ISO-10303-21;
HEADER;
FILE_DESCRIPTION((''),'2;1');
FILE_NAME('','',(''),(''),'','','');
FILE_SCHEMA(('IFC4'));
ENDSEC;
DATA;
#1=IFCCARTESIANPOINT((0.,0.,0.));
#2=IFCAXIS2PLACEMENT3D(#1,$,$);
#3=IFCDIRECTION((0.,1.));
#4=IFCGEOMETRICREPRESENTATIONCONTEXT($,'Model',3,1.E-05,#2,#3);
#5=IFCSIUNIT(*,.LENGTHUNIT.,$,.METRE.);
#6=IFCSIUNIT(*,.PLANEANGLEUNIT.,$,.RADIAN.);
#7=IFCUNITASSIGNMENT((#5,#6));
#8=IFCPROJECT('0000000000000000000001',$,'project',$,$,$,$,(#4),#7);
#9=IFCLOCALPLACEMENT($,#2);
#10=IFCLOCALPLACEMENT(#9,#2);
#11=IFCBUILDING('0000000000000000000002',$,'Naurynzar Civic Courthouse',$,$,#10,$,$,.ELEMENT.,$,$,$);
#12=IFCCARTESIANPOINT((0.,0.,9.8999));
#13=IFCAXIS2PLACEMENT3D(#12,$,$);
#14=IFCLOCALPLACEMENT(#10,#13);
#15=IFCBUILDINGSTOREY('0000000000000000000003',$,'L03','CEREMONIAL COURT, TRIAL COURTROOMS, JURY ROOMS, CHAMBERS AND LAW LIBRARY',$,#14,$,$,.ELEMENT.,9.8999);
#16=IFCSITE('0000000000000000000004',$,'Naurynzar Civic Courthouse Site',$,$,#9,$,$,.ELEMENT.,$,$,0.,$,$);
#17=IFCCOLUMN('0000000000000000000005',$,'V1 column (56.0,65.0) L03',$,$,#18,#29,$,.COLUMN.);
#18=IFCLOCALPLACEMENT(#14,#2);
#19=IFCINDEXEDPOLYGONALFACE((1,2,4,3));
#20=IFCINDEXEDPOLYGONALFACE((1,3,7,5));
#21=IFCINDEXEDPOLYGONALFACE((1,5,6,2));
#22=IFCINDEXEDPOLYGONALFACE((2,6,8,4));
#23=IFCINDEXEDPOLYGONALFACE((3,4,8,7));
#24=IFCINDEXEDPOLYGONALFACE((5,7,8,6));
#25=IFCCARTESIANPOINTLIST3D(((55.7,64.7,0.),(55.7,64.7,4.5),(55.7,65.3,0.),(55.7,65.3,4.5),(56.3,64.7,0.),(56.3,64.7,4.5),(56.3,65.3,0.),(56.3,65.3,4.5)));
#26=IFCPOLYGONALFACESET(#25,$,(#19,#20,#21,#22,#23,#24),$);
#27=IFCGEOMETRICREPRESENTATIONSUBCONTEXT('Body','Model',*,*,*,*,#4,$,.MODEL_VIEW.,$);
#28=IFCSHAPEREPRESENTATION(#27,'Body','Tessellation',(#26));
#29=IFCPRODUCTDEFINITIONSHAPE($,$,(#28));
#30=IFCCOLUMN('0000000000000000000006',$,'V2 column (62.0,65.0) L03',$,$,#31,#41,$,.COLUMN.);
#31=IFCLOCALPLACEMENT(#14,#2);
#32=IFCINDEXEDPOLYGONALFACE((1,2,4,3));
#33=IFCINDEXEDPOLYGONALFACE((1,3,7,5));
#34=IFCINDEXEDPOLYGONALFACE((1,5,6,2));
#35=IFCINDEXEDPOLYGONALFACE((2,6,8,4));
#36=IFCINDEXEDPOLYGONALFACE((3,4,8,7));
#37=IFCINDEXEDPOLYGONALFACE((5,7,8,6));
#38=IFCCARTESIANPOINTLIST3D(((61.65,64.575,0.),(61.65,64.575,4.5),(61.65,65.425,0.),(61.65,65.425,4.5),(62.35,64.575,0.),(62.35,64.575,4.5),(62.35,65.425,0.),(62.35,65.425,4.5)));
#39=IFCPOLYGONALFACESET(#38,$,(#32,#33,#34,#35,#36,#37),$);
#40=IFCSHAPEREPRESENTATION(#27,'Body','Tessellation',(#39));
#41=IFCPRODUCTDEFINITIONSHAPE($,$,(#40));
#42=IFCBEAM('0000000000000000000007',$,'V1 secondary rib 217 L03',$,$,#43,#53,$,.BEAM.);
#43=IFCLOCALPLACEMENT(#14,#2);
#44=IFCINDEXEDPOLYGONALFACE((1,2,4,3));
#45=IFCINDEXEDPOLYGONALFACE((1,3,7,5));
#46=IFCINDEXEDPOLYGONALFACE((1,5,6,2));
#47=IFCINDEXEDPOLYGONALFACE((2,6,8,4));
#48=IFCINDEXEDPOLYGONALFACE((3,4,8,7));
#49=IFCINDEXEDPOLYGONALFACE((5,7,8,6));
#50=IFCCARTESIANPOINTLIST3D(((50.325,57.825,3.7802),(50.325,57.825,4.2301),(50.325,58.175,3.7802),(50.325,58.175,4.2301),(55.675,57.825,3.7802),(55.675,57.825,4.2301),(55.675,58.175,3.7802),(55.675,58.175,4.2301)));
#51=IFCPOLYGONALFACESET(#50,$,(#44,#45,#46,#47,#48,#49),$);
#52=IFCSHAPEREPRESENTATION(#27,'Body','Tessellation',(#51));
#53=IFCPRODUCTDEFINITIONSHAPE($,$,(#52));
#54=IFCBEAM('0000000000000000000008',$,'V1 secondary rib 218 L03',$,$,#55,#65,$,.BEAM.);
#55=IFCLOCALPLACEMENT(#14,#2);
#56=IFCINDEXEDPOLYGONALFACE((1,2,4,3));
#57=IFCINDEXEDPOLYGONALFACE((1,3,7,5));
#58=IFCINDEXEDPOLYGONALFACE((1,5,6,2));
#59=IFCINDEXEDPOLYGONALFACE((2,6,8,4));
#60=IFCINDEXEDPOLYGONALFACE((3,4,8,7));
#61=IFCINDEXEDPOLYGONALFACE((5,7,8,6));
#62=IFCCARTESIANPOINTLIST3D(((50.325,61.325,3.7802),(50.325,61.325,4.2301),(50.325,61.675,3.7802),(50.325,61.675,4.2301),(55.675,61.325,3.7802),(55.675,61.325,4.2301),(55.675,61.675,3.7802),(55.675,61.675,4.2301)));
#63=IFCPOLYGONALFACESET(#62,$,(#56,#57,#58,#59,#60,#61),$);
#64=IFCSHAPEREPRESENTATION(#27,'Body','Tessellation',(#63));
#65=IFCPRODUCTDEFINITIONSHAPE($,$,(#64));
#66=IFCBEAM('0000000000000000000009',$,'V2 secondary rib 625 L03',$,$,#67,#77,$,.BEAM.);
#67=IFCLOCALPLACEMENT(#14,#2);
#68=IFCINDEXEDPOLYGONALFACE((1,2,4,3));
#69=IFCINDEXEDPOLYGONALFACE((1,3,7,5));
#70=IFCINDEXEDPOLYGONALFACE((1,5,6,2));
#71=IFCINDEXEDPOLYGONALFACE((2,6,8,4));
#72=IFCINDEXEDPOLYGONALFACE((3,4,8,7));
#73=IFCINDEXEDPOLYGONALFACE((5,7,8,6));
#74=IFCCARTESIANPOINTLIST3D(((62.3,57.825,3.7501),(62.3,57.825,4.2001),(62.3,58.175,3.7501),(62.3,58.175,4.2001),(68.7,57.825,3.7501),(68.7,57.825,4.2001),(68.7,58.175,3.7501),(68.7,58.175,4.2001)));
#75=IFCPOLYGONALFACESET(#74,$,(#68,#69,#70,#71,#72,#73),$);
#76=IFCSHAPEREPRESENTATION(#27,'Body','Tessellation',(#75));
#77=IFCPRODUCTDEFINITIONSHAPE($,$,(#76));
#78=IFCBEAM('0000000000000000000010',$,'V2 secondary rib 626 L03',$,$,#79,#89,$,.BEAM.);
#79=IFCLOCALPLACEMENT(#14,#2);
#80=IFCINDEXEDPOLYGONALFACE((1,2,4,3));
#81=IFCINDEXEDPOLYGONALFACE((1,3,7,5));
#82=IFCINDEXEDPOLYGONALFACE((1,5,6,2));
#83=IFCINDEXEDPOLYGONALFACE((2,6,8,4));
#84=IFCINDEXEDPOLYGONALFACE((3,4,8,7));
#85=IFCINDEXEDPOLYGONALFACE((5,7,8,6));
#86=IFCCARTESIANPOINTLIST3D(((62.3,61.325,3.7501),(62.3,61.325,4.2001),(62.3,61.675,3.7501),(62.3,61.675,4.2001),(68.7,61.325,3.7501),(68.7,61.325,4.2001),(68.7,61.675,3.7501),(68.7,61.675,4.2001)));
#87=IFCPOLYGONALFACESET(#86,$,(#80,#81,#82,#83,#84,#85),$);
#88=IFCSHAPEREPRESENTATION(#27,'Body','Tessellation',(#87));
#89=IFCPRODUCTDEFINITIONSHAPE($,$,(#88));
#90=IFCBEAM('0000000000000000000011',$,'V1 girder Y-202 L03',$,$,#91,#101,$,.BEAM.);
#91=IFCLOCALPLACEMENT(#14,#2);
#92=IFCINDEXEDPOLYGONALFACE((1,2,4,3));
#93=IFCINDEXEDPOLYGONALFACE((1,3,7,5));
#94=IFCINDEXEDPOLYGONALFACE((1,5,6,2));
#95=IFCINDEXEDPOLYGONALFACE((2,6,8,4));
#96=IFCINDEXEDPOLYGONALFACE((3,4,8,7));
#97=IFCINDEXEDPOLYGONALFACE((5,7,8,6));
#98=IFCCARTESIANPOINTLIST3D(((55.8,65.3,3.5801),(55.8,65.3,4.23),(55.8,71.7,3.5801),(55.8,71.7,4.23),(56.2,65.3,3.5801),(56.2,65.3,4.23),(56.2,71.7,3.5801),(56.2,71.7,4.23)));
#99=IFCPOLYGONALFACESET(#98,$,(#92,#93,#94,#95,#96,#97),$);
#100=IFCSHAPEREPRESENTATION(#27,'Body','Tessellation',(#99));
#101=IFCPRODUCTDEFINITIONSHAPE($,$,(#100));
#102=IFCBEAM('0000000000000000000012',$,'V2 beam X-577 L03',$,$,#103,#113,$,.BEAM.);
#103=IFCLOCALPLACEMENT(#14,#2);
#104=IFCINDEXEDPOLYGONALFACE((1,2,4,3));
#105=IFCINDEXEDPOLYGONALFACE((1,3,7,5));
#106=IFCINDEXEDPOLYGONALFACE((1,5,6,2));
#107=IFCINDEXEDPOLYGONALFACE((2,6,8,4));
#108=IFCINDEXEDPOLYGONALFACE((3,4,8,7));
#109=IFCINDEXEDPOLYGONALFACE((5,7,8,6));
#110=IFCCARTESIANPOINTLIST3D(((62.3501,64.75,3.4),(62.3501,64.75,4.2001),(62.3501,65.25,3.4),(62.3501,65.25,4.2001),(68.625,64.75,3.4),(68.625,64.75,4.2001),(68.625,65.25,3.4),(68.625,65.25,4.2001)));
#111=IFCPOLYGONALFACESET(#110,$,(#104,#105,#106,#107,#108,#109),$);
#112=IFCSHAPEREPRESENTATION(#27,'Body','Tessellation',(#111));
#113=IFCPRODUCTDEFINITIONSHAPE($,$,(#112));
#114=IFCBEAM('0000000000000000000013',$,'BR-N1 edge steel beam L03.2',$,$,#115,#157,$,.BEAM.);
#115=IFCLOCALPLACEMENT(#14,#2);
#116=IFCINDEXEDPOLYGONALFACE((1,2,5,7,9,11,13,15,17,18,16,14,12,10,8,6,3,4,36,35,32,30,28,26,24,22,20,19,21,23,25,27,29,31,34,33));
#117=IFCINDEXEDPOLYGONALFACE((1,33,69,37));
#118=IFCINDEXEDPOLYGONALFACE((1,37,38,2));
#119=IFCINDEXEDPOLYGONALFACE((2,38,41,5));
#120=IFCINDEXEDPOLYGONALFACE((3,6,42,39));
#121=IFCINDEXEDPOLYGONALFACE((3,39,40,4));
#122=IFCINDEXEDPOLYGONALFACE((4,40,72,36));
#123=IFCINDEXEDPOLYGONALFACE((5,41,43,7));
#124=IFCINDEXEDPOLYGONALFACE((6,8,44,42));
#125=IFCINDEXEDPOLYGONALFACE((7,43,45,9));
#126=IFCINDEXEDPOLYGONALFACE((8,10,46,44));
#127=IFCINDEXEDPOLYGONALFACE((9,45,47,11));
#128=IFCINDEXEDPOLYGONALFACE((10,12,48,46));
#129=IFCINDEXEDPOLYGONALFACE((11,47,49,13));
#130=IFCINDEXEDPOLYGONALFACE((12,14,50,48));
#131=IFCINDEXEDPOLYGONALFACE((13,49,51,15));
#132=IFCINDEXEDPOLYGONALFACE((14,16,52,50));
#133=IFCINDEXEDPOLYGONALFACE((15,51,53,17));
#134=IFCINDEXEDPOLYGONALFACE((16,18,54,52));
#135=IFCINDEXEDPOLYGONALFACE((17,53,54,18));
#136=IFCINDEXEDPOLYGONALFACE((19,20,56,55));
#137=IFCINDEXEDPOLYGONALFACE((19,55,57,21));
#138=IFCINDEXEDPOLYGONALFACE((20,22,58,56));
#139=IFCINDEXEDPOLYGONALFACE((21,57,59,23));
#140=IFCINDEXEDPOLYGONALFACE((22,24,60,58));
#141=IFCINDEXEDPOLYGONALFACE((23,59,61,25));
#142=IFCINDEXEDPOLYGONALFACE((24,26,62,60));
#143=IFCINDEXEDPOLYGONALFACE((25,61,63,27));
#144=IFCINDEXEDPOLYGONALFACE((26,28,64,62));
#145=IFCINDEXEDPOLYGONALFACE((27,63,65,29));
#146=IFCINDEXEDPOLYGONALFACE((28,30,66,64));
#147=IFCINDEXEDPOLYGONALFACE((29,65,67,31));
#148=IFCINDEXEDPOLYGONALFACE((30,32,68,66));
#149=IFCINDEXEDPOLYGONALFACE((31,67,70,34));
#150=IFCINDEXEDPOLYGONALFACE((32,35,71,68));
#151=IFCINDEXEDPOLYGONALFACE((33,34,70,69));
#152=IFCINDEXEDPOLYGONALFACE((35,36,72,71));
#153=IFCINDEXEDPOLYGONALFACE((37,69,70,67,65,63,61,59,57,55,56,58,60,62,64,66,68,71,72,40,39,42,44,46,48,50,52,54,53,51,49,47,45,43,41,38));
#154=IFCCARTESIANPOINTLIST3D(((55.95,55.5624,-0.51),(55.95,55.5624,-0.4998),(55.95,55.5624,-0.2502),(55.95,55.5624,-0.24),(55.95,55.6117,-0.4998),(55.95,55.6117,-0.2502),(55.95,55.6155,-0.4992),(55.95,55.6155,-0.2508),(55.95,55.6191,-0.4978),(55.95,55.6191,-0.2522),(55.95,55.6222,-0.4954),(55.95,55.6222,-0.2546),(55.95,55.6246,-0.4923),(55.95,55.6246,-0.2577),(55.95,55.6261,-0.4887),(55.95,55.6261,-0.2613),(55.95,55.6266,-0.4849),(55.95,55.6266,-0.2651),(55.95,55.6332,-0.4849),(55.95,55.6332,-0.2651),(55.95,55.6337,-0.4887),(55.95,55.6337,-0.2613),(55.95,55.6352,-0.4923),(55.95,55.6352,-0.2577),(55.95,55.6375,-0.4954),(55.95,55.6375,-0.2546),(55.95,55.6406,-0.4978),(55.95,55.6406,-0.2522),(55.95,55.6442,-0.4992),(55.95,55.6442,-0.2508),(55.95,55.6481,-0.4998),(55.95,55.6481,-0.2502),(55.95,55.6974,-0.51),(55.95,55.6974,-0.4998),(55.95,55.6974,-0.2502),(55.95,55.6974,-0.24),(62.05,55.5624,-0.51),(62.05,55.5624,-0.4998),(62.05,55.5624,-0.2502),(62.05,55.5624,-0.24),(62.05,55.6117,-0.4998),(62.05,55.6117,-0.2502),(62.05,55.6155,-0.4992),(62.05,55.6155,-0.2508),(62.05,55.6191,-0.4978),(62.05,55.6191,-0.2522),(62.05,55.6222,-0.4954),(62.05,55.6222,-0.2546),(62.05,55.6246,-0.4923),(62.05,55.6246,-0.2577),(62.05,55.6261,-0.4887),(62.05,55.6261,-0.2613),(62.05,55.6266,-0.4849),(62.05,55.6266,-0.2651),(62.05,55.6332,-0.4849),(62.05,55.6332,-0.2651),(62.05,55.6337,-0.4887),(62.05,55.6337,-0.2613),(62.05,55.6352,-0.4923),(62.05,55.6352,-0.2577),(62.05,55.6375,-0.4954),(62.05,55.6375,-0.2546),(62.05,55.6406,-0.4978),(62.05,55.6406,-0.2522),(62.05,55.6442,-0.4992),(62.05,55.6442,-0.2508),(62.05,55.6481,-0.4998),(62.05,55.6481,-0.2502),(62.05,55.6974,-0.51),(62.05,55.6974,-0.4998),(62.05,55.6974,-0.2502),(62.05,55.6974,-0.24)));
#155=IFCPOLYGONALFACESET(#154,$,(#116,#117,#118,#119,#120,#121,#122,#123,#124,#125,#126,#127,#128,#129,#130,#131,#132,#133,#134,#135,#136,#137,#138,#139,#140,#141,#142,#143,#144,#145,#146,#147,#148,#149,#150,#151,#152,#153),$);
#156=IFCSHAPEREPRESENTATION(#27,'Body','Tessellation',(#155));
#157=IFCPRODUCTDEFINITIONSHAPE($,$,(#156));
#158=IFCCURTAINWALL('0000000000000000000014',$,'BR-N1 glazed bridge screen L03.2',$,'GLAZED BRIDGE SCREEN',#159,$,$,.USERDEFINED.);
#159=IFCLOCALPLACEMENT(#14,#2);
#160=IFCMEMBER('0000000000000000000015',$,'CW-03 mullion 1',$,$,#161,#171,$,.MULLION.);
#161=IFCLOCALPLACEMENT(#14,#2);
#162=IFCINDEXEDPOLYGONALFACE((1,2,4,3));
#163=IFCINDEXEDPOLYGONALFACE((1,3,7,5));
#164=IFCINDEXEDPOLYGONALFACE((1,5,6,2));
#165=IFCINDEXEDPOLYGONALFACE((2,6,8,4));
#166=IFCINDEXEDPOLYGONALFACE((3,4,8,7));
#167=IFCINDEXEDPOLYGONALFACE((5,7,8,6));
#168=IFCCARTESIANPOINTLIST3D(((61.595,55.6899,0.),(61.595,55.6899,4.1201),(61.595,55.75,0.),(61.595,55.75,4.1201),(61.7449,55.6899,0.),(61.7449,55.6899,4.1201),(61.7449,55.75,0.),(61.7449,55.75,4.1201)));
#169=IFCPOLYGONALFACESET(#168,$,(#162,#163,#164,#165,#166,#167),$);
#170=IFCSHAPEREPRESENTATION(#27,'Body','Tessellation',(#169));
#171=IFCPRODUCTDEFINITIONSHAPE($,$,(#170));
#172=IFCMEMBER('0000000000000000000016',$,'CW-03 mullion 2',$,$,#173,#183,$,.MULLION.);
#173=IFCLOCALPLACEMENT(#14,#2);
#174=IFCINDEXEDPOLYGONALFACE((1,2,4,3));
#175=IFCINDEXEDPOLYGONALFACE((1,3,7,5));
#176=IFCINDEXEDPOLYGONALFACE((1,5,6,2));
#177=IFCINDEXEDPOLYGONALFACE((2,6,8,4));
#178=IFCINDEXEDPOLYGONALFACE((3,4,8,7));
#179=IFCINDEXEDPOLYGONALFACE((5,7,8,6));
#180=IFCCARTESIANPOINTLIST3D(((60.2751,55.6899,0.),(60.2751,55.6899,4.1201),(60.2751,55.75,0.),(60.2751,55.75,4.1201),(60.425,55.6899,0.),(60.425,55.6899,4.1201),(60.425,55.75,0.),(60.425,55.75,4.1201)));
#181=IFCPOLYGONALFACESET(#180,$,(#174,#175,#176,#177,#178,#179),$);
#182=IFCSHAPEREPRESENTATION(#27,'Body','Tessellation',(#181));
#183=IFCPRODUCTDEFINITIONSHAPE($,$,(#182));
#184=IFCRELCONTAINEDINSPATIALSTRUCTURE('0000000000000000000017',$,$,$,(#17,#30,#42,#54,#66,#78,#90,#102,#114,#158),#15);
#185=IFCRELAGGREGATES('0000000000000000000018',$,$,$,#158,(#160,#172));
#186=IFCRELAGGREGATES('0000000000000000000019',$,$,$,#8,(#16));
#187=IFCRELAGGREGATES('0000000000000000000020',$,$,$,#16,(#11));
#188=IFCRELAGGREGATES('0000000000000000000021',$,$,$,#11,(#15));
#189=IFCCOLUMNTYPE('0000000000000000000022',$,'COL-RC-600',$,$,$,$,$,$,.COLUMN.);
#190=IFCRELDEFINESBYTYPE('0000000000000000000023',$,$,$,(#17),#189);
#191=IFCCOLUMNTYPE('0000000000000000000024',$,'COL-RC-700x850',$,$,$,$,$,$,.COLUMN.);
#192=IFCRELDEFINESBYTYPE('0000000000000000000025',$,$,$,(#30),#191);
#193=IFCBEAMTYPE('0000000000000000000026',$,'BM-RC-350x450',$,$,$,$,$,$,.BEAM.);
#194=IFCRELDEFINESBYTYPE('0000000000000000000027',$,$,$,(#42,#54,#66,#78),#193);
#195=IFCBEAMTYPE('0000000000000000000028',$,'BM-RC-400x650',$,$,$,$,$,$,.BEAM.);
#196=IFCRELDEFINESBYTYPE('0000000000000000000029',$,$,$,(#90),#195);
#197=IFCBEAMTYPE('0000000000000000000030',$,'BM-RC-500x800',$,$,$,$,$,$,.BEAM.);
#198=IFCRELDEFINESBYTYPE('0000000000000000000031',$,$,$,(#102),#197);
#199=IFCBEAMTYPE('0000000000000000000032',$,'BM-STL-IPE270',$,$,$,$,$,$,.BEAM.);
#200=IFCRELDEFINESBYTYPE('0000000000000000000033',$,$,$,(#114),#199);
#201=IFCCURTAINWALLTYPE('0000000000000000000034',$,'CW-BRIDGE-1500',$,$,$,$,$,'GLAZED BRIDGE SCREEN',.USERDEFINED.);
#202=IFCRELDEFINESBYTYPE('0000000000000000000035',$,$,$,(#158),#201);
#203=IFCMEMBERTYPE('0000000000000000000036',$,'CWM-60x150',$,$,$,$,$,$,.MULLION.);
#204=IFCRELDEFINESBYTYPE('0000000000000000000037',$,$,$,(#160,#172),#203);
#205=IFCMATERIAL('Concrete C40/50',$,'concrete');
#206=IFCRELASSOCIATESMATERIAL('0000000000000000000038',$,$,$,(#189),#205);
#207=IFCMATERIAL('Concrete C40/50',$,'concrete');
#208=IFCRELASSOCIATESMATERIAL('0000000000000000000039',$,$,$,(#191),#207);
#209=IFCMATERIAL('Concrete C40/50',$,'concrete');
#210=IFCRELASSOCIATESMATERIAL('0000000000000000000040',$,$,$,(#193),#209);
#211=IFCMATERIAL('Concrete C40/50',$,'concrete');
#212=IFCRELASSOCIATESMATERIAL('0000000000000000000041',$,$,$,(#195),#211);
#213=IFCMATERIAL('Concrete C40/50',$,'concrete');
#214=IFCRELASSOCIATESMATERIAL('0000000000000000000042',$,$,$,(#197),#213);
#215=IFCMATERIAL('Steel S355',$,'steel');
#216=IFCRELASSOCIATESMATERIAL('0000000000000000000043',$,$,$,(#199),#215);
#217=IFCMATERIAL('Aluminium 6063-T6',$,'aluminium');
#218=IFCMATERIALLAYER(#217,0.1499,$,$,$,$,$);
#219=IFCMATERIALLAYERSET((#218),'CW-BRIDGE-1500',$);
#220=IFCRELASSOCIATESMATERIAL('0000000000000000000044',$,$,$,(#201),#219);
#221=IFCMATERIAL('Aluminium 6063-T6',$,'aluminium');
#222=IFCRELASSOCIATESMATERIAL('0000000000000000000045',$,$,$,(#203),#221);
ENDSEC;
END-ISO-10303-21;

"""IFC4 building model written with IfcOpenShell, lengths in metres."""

from ifc_helpers import new_model, si_unit, direction, frame, origin, origin_2d, place, context, subcontext, project, spatial, rectangle, i_section, extrude, material, layer, layer_set, material_profile, profile_set, type_object, element, aggregate, save


model = new_model("IFC4")

# Units and contexts
model_context = context("Model", 3, precision=1e-05, world=origin(), true_north=direction((0.0, 1.0)))
body_context = subcontext(model_context, "Body", "Model", "MODEL_VIEW")
ifc_project = project(units=[si_unit("LENGTHUNIT", "METRE"), si_unit("PLANEANGLEUNIT", "RADIAN")], contexts=[model_context])

# Site, building, storey
site_placement = place(None, origin())
site = spatial("IfcSite", under=ifc_project, at=site_placement, Name="Naurynzar Civic Courthouse Site", CompositionType="ELEMENT", RefElevation=0.0)
building_placement = place(site_placement, origin())
building = spatial("IfcBuilding", under=site, at=building_placement, Name="Naurynzar Civic Courthouse", CompositionType="ELEMENT")
storey_placement = place(building_placement, frame((0.0, 0.0, 9.8999)))
storey = spatial("IfcBuildingStorey", under=building, at=storey_placement, Name="L03", Description="CEREMONIAL COURT, TRIAL COURTROOMS, JURY ROOMS, CHAMBERS AND LAW LIBRARY", CompositionType="ELEMENT", Elevation=9.8999)

# Columns
ifc_material_1 = material(Name="Concrete C40/50", Category="concrete")
ifc_material_profile_1 = material_profile(ifc_material_1, rectangle(XDim=0.6001, YDim=0.6001, at=origin_2d()), Name="RC 600x600")
ifc_profile_set_1 = profile_set([ifc_material_profile_1], Name="Concrete C40/50")
column_type_1 = type_object("IfcColumnType", Name="COL-RC-600", PredefinedType="COLUMN", material=ifc_profile_set_1)
column_1_placement = place(storey_placement, frame((56.0, 65.0, 0.0), z_axis=(0.0, 0.0, 1.0), x_axis=(1.0, 0.0, 0.0)))
element("IfcColumn", 1, at=column_1_placement, inside=storey, type_object=column_type_1, Name="V1 column (56.0,65.0) L03", PredefinedType="COLUMN", context=body_context, shape_type="SweptSolid", body=[
    extrude(rectangle(XDim=0.6001, YDim=0.6001, at=origin_2d()), origin(), (0.0, 0.0, 1.0), 4.5),
])
ifc_material_2 = material(Name="Concrete C40/50", Category="concrete")
ifc_material_profile_2 = material_profile(ifc_material_2, rectangle(XDim=0.7, YDim=0.8501, at=origin_2d()), Name="RC 700x850")
ifc_profile_set_2 = profile_set([ifc_material_profile_2], Name="Concrete C40/50")
column_type_2 = type_object("IfcColumnType", Name="COL-RC-700x850", PredefinedType="COLUMN", material=ifc_profile_set_2)
column_2_placement = place(storey_placement, frame((62.0, 65.0, 0.0), z_axis=(0.0, 0.0, 1.0), x_axis=(1.0, 0.0, 0.0)))
element("IfcColumn", 2, at=column_2_placement, inside=storey, type_object=column_type_2, Name="V2 column (62.0,65.0) L03", PredefinedType="COLUMN", context=body_context, shape_type="SweptSolid", body=[
    extrude(rectangle(XDim=0.7, YDim=0.8501, at=origin_2d()), origin(), (0.0, 0.0, 1.0), 4.5),
])

# Beams
ifc_material_3 = material(Name="Concrete C40/50", Category="concrete")
ifc_material_profile_3 = material_profile(ifc_material_3, rectangle(XDim=0.3501, YDim=0.45, at=origin_2d()), Name="RCB 350x450")
ifc_profile_set_3 = profile_set([ifc_material_profile_3], Name="Concrete C40/50")
beam_type_1 = type_object("IfcBeamType", Name="BM-RC-350x450", PredefinedType="BEAM", material=ifc_profile_set_3)
for number, where, z_axis, x_axis, name in (
    (3, (50.325, 58.0, 4.0051), (1.0, 0.0, 0.0), (0.0, 1.0, 0.0), "V1 secondary rib 217 L03"),
    (4, (50.325, 61.5, 4.0051), (1.0, 0.0, 0.0), (0.0, 1.0, 0.0), "V1 secondary rib 218 L03"),
):
    element("IfcBeam", number, at=place(storey_placement, frame(where, z_axis=z_axis, x_axis=x_axis)), inside=storey, type_object=beam_type_1, Name=name, PredefinedType="BEAM", context=body_context, shape_type="SweptSolid", body=[
        extrude(rectangle(XDim=0.3501, YDim=0.45, at=origin_2d()), origin(), (0.0, 0.0, 1.0), 5.3501),
    ])
for number, where, z_axis, x_axis, name in (
    (5, (62.3, 58.0, 3.9751), (1.0, 0.0, 0.0), (0.0, 1.0, 0.0), "V2 secondary rib 625 L03"),
    (6, (62.3, 61.5, 3.9751), (1.0, 0.0, 0.0), (0.0, 1.0, 0.0), "V2 secondary rib 626 L03"),
):
    element("IfcBeam", number, at=place(storey_placement, frame(where, z_axis=z_axis, x_axis=x_axis)), inside=storey, type_object=beam_type_1, Name=name, PredefinedType="BEAM", context=body_context, shape_type="SweptSolid", body=[
        extrude(rectangle(XDim=0.3501, YDim=0.45, at=origin_2d()), origin(), (0.0, 0.0, 1.0), 6.3999),
    ])
ifc_material_4 = material(Name="Concrete C40/50", Category="concrete")
ifc_material_profile_4 = material_profile(ifc_material_4, rectangle(XDim=0.3999, YDim=0.6499, at=origin_2d()), Name="RCB 400x650")
ifc_profile_set_4 = profile_set([ifc_material_profile_4], Name="Concrete C40/50")
beam_type_2 = type_object("IfcBeamType", Name="BM-RC-400x650", PredefinedType="BEAM", material=ifc_profile_set_4)
beam_1_placement = place(storey_placement, frame((56.0, 65.3, 3.905), z_axis=(0.0, 1.0, 0.0), x_axis=(-1.0, 0.0, 0.0)))
element("IfcBeam", 7, at=beam_1_placement, inside=storey, type_object=beam_type_2, Name="V1 girder Y-202 L03", PredefinedType="BEAM", context=body_context, shape_type="SweptSolid", body=[
    extrude(rectangle(XDim=0.3999, YDim=0.6499, at=origin_2d()), origin(), (0.0, 0.0, 1.0), 6.3999),
])
ifc_material_5 = material(Name="Concrete C40/50", Category="concrete")
ifc_material_profile_5 = material_profile(ifc_material_5, rectangle(XDim=0.5, YDim=0.8, at=origin_2d()), Name="RCB 500x800")
ifc_profile_set_5 = profile_set([ifc_material_profile_5], Name="Concrete C40/50")
beam_type_3 = type_object("IfcBeamType", Name="BM-RC-500x800", PredefinedType="BEAM", material=ifc_profile_set_5)
beam_2_placement = place(storey_placement, frame((62.3501, 65.0, 3.8), z_axis=(1.0, 0.0, 0.0), x_axis=(0.0, 1.0, 0.0)))
element("IfcBeam", 8, at=beam_2_placement, inside=storey, type_object=beam_type_3, Name="V2 beam X-577 L03", PredefinedType="BEAM", context=body_context, shape_type="SweptSolid", body=[
    extrude(rectangle(XDim=0.5, YDim=0.8, at=origin_2d()), origin(), (0.0, 0.0, 1.0), 6.2749),
])
ifc_material_6 = material(Name="Steel S355", Category="steel")
ifc_material_profile_6 = material_profile(ifc_material_6, i_section(OverallWidth=0.135, OverallDepth=0.27, WebThickness=0.0066, FlangeThickness=0.0103, FilletRadius=0.0149, at=origin_2d()), Name="IPE 270")
ifc_profile_set_6 = profile_set([ifc_material_profile_6], Name="Steel S355")
beam_type_4 = type_object("IfcBeamType", Name="BM-STL-IPE270", PredefinedType="BEAM", material=ifc_profile_set_6)
beam_3_placement = place(storey_placement, frame((55.95, 55.6299, -0.375), z_axis=(1.0, 0.0, 0.0), x_axis=(0.0, 1.0, 0.0)))
element("IfcBeam", 9, at=beam_3_placement, inside=storey, type_object=beam_type_4, Name="BR-N1 edge steel beam L03.2", PredefinedType="BEAM", context=body_context, shape_type="SweptSolid", body=[
    extrude(i_section(OverallWidth=0.135, OverallDepth=0.27, WebThickness=0.0066, FlangeThickness=0.0103, FilletRadius=0.0149, at=origin_2d()), origin(), (0.0, 0.0, 1.0), 6.1001),
])

# Curtain wall, members
ifc_material_7 = material(Name="Aluminium 6063-T6", Category="aluminium")
ifc_layer_1 = layer(ifc_material_7, 0.1499)
ifc_layer_set_1 = layer_set([ifc_layer_1], Name="CW-BRIDGE-1500")
curtain_wall_type = type_object("IfcCurtainWallType", Name="CW-BRIDGE-1500", ElementType="GLAZED BRIDGE SCREEN", PredefinedType="USERDEFINED", material=ifc_layer_set_1)
curtain_wall_placement = place(storey_placement, origin())
curtain_wall = element("IfcCurtainWall", 10, at=curtain_wall_placement, inside=storey, type_object=curtain_wall_type, Name="BR-N1 glazed bridge screen L03.2", ObjectType="GLAZED BRIDGE SCREEN", PredefinedType="USERDEFINED")
ifc_material_8 = material(Name="Aluminium 6063-T6", Category="aluminium")
ifc_material_profile_7 = material_profile(ifc_material_8, rectangle(XDim=0.0601, YDim=0.1499, at=origin_2d()), Name="ALU MULLION 60x150")
ifc_profile_set_7 = profile_set([ifc_material_profile_7], Name="Aluminium 6063-T6")
member_type_1 = type_object("IfcMemberType", Name="CWM-60x150", PredefinedType="MULLION", material=ifc_profile_set_7)
member_1_placement = place(storey_placement, frame((61.6699, 55.72, 0.0), z_axis=(0.0, 0.0, 1.0), x_axis=(0.0, -1.0, 0.0)))
member_1 = element("IfcMember", 11, at=member_1_placement, type_object=member_type_1, Name="CW-03 mullion 1", PredefinedType="MULLION", context=body_context, shape_type="SweptSolid", body=[
    extrude(rectangle(XDim=0.0601, YDim=0.1499, at=origin_2d()), origin(), (0.0, 0.0, 1.0), 4.1201),
])
member_2_placement = place(storey_placement, frame((60.3501, 55.72, 0.0), z_axis=(0.0, 0.0, 1.0), x_axis=(0.0, -1.0, 0.0)))
member_2 = element("IfcMember", 12, at=member_2_placement, type_object=member_type_1, Name="CW-03 mullion 2", PredefinedType="MULLION", context=body_context, shape_type="SweptSolid", body=[
    extrude(rectangle(XDim=0.0601, YDim=0.1499, at=origin_2d()), origin(), (0.0, 0.0, 1.0), 4.1201),
])
aggregate(curtain_wall, [member_1, member_2])

save(model, "model.ifc")
